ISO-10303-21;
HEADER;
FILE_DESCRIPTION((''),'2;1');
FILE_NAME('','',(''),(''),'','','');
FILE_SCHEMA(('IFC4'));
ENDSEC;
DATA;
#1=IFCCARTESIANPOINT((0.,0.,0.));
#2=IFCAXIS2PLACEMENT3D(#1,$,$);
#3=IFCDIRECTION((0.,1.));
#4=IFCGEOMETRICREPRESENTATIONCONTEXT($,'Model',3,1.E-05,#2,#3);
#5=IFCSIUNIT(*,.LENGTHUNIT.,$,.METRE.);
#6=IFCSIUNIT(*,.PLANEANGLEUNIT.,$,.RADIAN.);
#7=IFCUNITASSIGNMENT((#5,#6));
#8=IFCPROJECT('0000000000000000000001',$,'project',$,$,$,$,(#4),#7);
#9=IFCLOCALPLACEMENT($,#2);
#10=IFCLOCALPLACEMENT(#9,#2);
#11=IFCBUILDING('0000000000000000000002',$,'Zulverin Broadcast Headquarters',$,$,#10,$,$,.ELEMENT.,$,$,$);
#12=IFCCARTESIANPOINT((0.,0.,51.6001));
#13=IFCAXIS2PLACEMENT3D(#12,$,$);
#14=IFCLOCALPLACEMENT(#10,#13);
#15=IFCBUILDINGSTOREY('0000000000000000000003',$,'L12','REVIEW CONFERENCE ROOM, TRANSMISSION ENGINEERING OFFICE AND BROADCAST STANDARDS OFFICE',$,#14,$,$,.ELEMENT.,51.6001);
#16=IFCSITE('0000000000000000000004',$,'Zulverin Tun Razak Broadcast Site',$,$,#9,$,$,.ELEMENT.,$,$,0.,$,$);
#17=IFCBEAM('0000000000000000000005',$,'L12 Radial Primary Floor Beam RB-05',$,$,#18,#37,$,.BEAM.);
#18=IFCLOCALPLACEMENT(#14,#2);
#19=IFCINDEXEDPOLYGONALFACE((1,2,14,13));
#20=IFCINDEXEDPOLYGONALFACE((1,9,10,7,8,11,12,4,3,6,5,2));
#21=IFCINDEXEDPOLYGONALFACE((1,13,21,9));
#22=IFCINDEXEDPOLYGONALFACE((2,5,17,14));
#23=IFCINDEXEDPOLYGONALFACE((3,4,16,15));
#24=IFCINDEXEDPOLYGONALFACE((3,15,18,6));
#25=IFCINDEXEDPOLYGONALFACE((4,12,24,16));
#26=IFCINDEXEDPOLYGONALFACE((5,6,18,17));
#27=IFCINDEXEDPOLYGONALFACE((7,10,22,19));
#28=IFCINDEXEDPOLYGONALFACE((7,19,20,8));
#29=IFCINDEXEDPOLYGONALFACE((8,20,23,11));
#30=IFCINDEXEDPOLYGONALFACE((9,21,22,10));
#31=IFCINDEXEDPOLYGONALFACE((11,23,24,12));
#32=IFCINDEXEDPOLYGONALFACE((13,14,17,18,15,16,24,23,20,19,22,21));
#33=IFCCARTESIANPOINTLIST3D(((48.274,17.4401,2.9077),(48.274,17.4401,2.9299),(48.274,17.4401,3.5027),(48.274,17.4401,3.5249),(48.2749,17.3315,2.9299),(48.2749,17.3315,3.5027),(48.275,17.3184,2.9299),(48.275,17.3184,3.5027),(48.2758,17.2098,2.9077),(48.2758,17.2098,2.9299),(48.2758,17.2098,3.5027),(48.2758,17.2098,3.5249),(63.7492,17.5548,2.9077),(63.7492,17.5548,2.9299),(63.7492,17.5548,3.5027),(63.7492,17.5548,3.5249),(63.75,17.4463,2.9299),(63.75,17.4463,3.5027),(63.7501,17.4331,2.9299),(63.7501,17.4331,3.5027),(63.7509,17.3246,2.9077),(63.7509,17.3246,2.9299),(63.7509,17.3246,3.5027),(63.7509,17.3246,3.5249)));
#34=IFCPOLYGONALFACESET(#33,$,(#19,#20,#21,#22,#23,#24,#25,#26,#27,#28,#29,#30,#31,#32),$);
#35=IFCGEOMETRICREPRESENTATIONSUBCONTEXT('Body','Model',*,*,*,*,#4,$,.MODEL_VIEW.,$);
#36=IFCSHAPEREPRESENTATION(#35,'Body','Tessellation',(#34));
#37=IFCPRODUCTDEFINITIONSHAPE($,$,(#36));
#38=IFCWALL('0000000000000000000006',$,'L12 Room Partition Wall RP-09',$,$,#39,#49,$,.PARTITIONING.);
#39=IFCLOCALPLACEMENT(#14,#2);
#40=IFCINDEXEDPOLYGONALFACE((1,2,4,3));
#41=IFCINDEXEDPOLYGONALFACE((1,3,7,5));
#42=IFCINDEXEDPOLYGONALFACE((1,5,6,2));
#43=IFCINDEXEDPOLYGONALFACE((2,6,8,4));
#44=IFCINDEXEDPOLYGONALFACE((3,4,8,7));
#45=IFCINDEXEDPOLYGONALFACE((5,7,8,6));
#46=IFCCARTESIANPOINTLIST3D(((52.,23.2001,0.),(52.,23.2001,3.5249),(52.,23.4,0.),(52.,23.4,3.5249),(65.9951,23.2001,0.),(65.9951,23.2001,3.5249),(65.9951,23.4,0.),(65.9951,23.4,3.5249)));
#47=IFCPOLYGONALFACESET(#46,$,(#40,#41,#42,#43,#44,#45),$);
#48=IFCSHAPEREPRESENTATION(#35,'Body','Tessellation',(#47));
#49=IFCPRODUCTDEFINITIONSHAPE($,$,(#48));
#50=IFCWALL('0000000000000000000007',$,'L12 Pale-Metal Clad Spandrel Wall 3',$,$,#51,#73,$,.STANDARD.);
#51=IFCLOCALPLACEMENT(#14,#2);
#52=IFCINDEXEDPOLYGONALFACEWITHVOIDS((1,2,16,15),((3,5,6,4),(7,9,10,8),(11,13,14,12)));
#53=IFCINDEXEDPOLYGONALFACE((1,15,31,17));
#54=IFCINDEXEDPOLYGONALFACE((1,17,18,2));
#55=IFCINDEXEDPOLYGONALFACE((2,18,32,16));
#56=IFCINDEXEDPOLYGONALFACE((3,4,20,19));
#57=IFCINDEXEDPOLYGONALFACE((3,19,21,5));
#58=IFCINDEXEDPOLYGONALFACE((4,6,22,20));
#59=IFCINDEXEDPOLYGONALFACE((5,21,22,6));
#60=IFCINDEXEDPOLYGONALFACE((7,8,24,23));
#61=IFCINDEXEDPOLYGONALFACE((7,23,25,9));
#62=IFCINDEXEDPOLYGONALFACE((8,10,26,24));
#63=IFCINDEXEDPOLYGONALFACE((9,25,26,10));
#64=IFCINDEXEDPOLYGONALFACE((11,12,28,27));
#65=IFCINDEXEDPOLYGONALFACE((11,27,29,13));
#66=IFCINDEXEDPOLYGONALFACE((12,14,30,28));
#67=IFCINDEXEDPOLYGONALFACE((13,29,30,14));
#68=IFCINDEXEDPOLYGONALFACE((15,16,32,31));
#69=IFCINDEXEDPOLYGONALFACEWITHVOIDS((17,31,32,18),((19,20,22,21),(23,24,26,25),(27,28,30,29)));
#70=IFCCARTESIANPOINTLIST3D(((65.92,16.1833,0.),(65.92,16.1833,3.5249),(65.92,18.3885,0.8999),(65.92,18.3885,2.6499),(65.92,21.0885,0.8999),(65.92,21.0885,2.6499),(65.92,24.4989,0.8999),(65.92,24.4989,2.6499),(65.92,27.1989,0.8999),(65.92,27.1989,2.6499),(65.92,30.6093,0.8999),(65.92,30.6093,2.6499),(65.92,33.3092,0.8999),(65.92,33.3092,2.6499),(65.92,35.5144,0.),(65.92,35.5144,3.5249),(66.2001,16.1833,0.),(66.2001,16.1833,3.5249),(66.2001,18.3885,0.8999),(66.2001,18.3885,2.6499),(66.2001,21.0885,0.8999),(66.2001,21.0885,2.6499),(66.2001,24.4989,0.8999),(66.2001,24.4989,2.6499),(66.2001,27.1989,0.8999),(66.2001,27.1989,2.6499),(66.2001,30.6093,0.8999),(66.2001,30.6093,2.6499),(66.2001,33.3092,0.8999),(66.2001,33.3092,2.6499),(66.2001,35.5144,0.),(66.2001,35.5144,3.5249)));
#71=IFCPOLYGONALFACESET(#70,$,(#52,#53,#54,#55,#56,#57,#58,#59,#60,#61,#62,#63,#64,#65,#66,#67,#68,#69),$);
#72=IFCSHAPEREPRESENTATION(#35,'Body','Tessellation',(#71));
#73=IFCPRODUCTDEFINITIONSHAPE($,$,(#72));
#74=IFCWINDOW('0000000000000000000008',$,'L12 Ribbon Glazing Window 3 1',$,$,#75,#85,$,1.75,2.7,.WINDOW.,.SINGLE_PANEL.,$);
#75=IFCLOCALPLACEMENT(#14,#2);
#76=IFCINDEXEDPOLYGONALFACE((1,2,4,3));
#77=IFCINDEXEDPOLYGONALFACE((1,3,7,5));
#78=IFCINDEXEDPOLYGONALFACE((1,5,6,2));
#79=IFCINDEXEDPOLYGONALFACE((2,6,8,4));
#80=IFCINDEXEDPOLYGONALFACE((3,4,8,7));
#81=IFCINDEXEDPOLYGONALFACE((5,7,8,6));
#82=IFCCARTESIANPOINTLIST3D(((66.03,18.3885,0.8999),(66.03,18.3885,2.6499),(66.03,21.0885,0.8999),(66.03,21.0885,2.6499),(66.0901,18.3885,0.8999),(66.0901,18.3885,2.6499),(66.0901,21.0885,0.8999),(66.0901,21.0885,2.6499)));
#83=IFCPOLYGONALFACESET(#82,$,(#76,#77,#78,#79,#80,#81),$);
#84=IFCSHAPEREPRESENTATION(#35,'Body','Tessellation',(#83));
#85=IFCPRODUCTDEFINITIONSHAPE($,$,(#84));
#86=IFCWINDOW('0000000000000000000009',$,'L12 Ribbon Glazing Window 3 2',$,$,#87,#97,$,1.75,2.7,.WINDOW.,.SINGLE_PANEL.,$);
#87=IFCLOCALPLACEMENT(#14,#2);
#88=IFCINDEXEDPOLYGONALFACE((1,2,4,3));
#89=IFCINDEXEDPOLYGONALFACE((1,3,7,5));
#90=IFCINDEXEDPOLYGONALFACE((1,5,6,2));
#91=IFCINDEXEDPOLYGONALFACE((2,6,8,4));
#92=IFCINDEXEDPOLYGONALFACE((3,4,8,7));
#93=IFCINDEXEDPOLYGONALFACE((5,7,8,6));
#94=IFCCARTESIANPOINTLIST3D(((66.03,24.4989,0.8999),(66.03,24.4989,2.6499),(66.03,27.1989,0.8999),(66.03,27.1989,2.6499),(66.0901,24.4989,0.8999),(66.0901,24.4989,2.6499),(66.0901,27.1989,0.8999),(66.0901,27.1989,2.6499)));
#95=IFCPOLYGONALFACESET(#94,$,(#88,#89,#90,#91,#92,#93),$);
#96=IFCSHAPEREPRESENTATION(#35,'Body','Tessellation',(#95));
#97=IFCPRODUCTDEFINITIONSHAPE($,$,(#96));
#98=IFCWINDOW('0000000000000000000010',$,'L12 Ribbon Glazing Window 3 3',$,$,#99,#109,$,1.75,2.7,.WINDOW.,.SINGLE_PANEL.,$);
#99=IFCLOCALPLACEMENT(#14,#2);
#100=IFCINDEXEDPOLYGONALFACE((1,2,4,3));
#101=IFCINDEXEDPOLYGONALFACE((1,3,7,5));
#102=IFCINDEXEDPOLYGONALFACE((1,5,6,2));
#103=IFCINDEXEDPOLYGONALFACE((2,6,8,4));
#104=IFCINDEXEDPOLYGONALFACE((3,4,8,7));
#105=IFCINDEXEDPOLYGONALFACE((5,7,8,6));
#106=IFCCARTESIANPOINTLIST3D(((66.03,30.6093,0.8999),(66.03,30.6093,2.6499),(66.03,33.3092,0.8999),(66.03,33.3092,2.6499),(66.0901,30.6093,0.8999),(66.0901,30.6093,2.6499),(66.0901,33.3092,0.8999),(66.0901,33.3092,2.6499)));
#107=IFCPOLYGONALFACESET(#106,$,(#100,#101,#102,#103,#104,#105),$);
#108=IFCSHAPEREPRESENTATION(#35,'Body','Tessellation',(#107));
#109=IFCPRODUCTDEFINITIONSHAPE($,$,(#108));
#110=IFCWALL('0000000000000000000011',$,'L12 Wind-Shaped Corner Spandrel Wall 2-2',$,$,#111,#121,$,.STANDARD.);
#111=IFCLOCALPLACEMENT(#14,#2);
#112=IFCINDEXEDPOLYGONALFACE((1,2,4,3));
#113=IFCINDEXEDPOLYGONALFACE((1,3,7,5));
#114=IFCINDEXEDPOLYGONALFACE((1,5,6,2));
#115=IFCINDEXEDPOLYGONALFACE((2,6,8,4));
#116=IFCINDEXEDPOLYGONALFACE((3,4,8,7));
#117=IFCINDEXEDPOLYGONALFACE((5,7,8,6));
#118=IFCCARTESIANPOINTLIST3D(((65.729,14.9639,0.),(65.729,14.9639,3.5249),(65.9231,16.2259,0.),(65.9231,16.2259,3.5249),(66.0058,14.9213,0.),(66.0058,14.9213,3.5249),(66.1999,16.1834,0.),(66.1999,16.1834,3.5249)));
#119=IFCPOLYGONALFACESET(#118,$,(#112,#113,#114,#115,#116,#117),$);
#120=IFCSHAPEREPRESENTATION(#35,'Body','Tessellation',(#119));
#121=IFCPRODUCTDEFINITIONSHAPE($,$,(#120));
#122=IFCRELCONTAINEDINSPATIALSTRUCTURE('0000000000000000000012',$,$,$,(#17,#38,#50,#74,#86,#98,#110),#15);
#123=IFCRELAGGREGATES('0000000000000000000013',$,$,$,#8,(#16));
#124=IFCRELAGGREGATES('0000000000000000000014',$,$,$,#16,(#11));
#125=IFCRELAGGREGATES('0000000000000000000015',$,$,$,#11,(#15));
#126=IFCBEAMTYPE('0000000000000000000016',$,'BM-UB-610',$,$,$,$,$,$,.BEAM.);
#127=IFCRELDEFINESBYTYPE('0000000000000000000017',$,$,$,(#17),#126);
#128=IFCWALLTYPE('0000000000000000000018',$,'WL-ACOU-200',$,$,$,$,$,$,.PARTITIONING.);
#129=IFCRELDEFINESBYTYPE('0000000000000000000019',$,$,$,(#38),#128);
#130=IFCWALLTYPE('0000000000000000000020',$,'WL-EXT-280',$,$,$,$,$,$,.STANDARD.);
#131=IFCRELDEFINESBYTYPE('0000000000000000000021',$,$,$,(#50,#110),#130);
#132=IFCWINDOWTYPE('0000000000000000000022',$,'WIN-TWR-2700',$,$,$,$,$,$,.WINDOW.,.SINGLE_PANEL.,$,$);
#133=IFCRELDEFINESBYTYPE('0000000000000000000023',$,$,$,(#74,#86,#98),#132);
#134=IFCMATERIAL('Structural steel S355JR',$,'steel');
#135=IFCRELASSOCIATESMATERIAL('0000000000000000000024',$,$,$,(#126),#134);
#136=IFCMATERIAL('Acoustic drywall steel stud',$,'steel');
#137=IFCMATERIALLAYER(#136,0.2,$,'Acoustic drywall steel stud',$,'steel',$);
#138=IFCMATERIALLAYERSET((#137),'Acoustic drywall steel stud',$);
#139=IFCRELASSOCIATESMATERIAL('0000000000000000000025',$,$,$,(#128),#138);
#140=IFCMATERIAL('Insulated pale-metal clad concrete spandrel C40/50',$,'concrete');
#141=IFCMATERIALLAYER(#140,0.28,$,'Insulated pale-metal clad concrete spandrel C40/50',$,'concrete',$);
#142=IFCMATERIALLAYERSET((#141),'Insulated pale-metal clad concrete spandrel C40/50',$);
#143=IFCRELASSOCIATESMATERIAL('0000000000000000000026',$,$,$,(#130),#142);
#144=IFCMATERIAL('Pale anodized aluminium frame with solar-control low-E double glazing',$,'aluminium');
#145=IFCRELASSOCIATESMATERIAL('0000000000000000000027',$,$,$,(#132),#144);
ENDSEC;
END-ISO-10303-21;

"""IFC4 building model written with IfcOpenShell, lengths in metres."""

from ifc_helpers import new_model, si_unit, direction, frame, frame_2d, origin, origin_2d, place, context, subcontext, project, spatial, rectangle, i_section, extrude, material, layer, layer_set, material_profile, profile_set, type_object, element, fill, save


model = new_model("IFC4")

# Units and contexts
model_context = context("Model", 3, precision=1e-05, world=origin(), true_north=direction((0.0, 1.0)))
body_context = subcontext(model_context, "Body", "Model", "MODEL_VIEW")
ifc_project = project(units=[si_unit("LENGTHUNIT", "METRE"), si_unit("PLANEANGLEUNIT", "RADIAN")], contexts=[model_context])

# Site, building, storey
site_placement = place(None, origin())
site = spatial("IfcSite", under=ifc_project, at=site_placement, Name="Zulverin Tun Razak Broadcast Site", CompositionType="ELEMENT", RefElevation=0.0)
building_placement = place(site_placement, origin())
building = spatial("IfcBuilding", under=site, at=building_placement, Name="Zulverin Broadcast Headquarters", CompositionType="ELEMENT")
storey_placement = place(building_placement, frame((0.0, 0.0, 51.6001)))
storey = spatial("IfcBuildingStorey", under=building, at=storey_placement, Name="L12", Description="REVIEW CONFERENCE ROOM, TRANSMISSION ENGINEERING OFFICE AND BROADCAST STANDARDS OFFICE", CompositionType="ELEMENT", Elevation=51.6001)

# Beam
ifc_material_1 = material(Name="Structural steel S355JR", Category="steel")
ifc_material_profile_1 = material_profile(ifc_material_1, i_section(OverallWidth=0.2302, OverallDepth=0.6172, WebThickness=0.0132, FlangeThickness=0.0222, at=origin_2d()), Name="Structural steel S355JR", Category="steel")
ifc_profile_set_1 = profile_set([ifc_material_profile_1], Name="Structural steel S355JR")
beam_type_1 = type_object("IfcBeamType", Name="BM-UB-610", PredefinedType="BEAM", material=ifc_profile_set_1)
beam_1_placement = place(storey_placement, frame((48.2749, 17.325, 3.2163), z_axis=(0.999973, 0.007415, 0.0), x_axis=(-0.007415, 0.999973, 0.0)))
element("IfcBeam", 1, at=beam_1_placement, inside=storey, type_object=beam_type_1, Name="L12 Radial Primary Floor Beam RB-05", PredefinedType="BEAM", context=body_context, shape_type="SweptSolid", body=[
    extrude(i_section(OverallWidth=0.2302, OverallDepth=0.6172, WebThickness=0.0132, FlangeThickness=0.0222, at=origin_2d()), origin(), (0.0, 0.0, 1.0), 15.4756),
])

# Wall
ifc_material_2 = material(Name="Acoustic drywall steel stud", Category="steel")
ifc_layer_1 = layer(ifc_material_2, 0.2, Name="Acoustic drywall steel stud", Category="steel")
ifc_layer_set_1 = layer_set([ifc_layer_1], Name="Acoustic drywall steel stud")
wall_type_1 = type_object("IfcWallType", Name="WL-ACOU-200", PredefinedType="PARTITIONING", material=ifc_layer_set_1)
wall_1_placement = place(storey_placement, frame((52.0, 23.3, 0.0), z_axis=(0.0, 0.0, 1.0), x_axis=(1.0, 0.0, 0.0)))
element("IfcWall", 2, at=wall_1_placement, inside=storey, type_object=wall_type_1, Name="L12 Room Partition Wall RP-09", PredefinedType="PARTITIONING", context=body_context, shape_type="SweptSolid", body=[
    extrude(rectangle(XDim=13.9951, YDim=0.2, at=frame_2d((6.9976, 0.0))), origin(), (0.0, 0.0, 1.0), 3.5249),
])

# Wall, openings, windows
ifc_material_3 = material(Name="Insulated pale-metal clad concrete spandrel C40/50", Category="concrete")
ifc_layer_2 = layer(ifc_material_3, 0.28, Name="Insulated pale-metal clad concrete spandrel C40/50", Category="concrete")
ifc_layer_set_2 = layer_set([ifc_layer_2], Name="Insulated pale-metal clad concrete spandrel C40/50")
wall_type_2 = type_object("IfcWallType", Name="WL-EXT-280", PredefinedType="STANDARD", material=ifc_layer_set_2)
wall_2_placement = place(storey_placement, frame((66.0601, 16.1833, 0.0), z_axis=(0.0, 0.0, 1.0), x_axis=(0.0, 1.0, 0.0)))
wall_2 = element("IfcWall", 3, at=wall_2_placement, inside=storey, type_object=wall_type_2, Name="L12 Pale-Metal Clad Spandrel Wall 3", PredefinedType="STANDARD", context=body_context, shape_type="SweptSolid", body=[
    extrude(rectangle(XDim=19.3311, YDim=0.28, at=frame_2d((9.6655, 0.0))), origin(), (0.0, 0.0, 1.0), 3.5249),
])
opening_1_placement = place(wall_2_placement, frame((2.2051, 0.0, 0.8999)))
opening_1 = element("IfcOpeningElement", 4, at=opening_1_placement, cuts=wall_2, PredefinedType="OPENING", context=body_context, shape_type="SweptSolid", body=[
    extrude(rectangle(XDim=2.7, YDim=1.75, at=frame_2d((1.3501, 0.875))), frame((0.0, 0.1499, 0.0), z_axis=(0.0, -1.0, 0.0), x_axis=(1.0, 0.0, 0.0)), (0.0, 0.0, 1.0), 0.3),
])
opening_2_placement = place(wall_2_placement, frame((8.3154, 0.0, 0.8999)))
opening_2 = element("IfcOpeningElement", 5, at=opening_2_placement, cuts=wall_2, PredefinedType="OPENING", context=body_context, shape_type="SweptSolid", body=[
    extrude(rectangle(XDim=2.7, YDim=1.75, at=frame_2d((1.3501, 0.875))), frame((0.0, 0.1499, 0.0), z_axis=(0.0, -1.0, 0.0), x_axis=(1.0, 0.0, 0.0)), (0.0, 0.0, 1.0), 0.3),
])
opening_3_placement = place(wall_2_placement, frame((14.4258, 0.0, 0.8999)))
opening_3 = element("IfcOpeningElement", 6, at=opening_3_placement, cuts=wall_2, PredefinedType="OPENING", context=body_context, shape_type="SweptSolid", body=[
    extrude(rectangle(XDim=2.7, YDim=1.75, at=frame_2d((1.3501, 0.875))), frame((0.0, 0.1499, 0.0), z_axis=(0.0, -1.0, 0.0), x_axis=(1.0, 0.0, 0.0)), (0.0, 0.0, 1.0), 0.3),
])
ifc_material_4 = material(Name="Pale anodized aluminium frame with solar-control low-E double glazing", Category="aluminium")
window_type = type_object("IfcWindowType", Name="WIN-TWR-2700", PartitioningType="SINGLE_PANEL", PredefinedType="WINDOW", material=ifc_material_4)
window_1_placement = place(opening_1_placement, origin())
window_1 = element("IfcWindow", 7, at=window_1_placement, inside=storey, type_object=window_type, Name="L12 Ribbon Glazing Window 3 1", OverallHeight=1.75, OverallWidth=2.7, PartitioningType="SINGLE_PANEL", PredefinedType="WINDOW", context=body_context, shape_type="SweptSolid", body=[
    extrude(rectangle(XDim=2.7, YDim=1.75, at=frame_2d((1.3501, 0.875))), frame((0.0, 0.03, 0.0), z_axis=(0.0, -1.0, 0.0), x_axis=(1.0, 0.0, 0.0)), (0.0, 0.0, 1.0), 0.0601),
])
fill(opening_1, window_1)
window_2_placement = place(opening_2_placement, origin())
window_2 = element("IfcWindow", 8, at=window_2_placement, inside=storey, type_object=window_type, Name="L12 Ribbon Glazing Window 3 2", OverallHeight=1.75, OverallWidth=2.7, PartitioningType="SINGLE_PANEL", PredefinedType="WINDOW", context=body_context, shape_type="SweptSolid", body=[
    extrude(rectangle(XDim=2.7, YDim=1.75, at=frame_2d((1.3501, 0.875))), frame((0.0, 0.03, 0.0), z_axis=(0.0, -1.0, 0.0), x_axis=(1.0, 0.0, 0.0)), (0.0, 0.0, 1.0), 0.0601),
])
fill(opening_2, window_2)
window_3_placement = place(opening_3_placement, origin())
window_3 = element("IfcWindow", 9, at=window_3_placement, inside=storey, type_object=window_type, Name="L12 Ribbon Glazing Window 3 3", OverallHeight=1.75, OverallWidth=2.7, PartitioningType="SINGLE_PANEL", PredefinedType="WINDOW", context=body_context, shape_type="SweptSolid", body=[
    extrude(rectangle(XDim=2.7, YDim=1.75, at=frame_2d((1.3501, 0.875))), frame((0.0, 0.03, 0.0), z_axis=(0.0, -1.0, 0.0), x_axis=(1.0, 0.0, 0.0)), (0.0, 0.0, 1.0), 0.0601),
])
fill(opening_3, window_3)

# Wall
wall_3_placement = place(storey_placement, frame((65.8674, 14.9426, 0.0), z_axis=(0.0, 0.0, 1.0), x_axis=(0.152014, 0.988378, 0.0)))
element("IfcWall", 10, at=wall_3_placement, inside=storey, type_object=wall_type_2, Name="L12 Wind-Shaped Corner Spandrel Wall 2-2", PredefinedType="STANDARD", context=body_context, shape_type="SweptSolid", body=[
    extrude(rectangle(XDim=1.2769, YDim=0.28, at=frame_2d((0.6384, 0.0))), origin(), (0.0, 0.0, 1.0), 3.5249),
])

save(model, "model.ifc")
